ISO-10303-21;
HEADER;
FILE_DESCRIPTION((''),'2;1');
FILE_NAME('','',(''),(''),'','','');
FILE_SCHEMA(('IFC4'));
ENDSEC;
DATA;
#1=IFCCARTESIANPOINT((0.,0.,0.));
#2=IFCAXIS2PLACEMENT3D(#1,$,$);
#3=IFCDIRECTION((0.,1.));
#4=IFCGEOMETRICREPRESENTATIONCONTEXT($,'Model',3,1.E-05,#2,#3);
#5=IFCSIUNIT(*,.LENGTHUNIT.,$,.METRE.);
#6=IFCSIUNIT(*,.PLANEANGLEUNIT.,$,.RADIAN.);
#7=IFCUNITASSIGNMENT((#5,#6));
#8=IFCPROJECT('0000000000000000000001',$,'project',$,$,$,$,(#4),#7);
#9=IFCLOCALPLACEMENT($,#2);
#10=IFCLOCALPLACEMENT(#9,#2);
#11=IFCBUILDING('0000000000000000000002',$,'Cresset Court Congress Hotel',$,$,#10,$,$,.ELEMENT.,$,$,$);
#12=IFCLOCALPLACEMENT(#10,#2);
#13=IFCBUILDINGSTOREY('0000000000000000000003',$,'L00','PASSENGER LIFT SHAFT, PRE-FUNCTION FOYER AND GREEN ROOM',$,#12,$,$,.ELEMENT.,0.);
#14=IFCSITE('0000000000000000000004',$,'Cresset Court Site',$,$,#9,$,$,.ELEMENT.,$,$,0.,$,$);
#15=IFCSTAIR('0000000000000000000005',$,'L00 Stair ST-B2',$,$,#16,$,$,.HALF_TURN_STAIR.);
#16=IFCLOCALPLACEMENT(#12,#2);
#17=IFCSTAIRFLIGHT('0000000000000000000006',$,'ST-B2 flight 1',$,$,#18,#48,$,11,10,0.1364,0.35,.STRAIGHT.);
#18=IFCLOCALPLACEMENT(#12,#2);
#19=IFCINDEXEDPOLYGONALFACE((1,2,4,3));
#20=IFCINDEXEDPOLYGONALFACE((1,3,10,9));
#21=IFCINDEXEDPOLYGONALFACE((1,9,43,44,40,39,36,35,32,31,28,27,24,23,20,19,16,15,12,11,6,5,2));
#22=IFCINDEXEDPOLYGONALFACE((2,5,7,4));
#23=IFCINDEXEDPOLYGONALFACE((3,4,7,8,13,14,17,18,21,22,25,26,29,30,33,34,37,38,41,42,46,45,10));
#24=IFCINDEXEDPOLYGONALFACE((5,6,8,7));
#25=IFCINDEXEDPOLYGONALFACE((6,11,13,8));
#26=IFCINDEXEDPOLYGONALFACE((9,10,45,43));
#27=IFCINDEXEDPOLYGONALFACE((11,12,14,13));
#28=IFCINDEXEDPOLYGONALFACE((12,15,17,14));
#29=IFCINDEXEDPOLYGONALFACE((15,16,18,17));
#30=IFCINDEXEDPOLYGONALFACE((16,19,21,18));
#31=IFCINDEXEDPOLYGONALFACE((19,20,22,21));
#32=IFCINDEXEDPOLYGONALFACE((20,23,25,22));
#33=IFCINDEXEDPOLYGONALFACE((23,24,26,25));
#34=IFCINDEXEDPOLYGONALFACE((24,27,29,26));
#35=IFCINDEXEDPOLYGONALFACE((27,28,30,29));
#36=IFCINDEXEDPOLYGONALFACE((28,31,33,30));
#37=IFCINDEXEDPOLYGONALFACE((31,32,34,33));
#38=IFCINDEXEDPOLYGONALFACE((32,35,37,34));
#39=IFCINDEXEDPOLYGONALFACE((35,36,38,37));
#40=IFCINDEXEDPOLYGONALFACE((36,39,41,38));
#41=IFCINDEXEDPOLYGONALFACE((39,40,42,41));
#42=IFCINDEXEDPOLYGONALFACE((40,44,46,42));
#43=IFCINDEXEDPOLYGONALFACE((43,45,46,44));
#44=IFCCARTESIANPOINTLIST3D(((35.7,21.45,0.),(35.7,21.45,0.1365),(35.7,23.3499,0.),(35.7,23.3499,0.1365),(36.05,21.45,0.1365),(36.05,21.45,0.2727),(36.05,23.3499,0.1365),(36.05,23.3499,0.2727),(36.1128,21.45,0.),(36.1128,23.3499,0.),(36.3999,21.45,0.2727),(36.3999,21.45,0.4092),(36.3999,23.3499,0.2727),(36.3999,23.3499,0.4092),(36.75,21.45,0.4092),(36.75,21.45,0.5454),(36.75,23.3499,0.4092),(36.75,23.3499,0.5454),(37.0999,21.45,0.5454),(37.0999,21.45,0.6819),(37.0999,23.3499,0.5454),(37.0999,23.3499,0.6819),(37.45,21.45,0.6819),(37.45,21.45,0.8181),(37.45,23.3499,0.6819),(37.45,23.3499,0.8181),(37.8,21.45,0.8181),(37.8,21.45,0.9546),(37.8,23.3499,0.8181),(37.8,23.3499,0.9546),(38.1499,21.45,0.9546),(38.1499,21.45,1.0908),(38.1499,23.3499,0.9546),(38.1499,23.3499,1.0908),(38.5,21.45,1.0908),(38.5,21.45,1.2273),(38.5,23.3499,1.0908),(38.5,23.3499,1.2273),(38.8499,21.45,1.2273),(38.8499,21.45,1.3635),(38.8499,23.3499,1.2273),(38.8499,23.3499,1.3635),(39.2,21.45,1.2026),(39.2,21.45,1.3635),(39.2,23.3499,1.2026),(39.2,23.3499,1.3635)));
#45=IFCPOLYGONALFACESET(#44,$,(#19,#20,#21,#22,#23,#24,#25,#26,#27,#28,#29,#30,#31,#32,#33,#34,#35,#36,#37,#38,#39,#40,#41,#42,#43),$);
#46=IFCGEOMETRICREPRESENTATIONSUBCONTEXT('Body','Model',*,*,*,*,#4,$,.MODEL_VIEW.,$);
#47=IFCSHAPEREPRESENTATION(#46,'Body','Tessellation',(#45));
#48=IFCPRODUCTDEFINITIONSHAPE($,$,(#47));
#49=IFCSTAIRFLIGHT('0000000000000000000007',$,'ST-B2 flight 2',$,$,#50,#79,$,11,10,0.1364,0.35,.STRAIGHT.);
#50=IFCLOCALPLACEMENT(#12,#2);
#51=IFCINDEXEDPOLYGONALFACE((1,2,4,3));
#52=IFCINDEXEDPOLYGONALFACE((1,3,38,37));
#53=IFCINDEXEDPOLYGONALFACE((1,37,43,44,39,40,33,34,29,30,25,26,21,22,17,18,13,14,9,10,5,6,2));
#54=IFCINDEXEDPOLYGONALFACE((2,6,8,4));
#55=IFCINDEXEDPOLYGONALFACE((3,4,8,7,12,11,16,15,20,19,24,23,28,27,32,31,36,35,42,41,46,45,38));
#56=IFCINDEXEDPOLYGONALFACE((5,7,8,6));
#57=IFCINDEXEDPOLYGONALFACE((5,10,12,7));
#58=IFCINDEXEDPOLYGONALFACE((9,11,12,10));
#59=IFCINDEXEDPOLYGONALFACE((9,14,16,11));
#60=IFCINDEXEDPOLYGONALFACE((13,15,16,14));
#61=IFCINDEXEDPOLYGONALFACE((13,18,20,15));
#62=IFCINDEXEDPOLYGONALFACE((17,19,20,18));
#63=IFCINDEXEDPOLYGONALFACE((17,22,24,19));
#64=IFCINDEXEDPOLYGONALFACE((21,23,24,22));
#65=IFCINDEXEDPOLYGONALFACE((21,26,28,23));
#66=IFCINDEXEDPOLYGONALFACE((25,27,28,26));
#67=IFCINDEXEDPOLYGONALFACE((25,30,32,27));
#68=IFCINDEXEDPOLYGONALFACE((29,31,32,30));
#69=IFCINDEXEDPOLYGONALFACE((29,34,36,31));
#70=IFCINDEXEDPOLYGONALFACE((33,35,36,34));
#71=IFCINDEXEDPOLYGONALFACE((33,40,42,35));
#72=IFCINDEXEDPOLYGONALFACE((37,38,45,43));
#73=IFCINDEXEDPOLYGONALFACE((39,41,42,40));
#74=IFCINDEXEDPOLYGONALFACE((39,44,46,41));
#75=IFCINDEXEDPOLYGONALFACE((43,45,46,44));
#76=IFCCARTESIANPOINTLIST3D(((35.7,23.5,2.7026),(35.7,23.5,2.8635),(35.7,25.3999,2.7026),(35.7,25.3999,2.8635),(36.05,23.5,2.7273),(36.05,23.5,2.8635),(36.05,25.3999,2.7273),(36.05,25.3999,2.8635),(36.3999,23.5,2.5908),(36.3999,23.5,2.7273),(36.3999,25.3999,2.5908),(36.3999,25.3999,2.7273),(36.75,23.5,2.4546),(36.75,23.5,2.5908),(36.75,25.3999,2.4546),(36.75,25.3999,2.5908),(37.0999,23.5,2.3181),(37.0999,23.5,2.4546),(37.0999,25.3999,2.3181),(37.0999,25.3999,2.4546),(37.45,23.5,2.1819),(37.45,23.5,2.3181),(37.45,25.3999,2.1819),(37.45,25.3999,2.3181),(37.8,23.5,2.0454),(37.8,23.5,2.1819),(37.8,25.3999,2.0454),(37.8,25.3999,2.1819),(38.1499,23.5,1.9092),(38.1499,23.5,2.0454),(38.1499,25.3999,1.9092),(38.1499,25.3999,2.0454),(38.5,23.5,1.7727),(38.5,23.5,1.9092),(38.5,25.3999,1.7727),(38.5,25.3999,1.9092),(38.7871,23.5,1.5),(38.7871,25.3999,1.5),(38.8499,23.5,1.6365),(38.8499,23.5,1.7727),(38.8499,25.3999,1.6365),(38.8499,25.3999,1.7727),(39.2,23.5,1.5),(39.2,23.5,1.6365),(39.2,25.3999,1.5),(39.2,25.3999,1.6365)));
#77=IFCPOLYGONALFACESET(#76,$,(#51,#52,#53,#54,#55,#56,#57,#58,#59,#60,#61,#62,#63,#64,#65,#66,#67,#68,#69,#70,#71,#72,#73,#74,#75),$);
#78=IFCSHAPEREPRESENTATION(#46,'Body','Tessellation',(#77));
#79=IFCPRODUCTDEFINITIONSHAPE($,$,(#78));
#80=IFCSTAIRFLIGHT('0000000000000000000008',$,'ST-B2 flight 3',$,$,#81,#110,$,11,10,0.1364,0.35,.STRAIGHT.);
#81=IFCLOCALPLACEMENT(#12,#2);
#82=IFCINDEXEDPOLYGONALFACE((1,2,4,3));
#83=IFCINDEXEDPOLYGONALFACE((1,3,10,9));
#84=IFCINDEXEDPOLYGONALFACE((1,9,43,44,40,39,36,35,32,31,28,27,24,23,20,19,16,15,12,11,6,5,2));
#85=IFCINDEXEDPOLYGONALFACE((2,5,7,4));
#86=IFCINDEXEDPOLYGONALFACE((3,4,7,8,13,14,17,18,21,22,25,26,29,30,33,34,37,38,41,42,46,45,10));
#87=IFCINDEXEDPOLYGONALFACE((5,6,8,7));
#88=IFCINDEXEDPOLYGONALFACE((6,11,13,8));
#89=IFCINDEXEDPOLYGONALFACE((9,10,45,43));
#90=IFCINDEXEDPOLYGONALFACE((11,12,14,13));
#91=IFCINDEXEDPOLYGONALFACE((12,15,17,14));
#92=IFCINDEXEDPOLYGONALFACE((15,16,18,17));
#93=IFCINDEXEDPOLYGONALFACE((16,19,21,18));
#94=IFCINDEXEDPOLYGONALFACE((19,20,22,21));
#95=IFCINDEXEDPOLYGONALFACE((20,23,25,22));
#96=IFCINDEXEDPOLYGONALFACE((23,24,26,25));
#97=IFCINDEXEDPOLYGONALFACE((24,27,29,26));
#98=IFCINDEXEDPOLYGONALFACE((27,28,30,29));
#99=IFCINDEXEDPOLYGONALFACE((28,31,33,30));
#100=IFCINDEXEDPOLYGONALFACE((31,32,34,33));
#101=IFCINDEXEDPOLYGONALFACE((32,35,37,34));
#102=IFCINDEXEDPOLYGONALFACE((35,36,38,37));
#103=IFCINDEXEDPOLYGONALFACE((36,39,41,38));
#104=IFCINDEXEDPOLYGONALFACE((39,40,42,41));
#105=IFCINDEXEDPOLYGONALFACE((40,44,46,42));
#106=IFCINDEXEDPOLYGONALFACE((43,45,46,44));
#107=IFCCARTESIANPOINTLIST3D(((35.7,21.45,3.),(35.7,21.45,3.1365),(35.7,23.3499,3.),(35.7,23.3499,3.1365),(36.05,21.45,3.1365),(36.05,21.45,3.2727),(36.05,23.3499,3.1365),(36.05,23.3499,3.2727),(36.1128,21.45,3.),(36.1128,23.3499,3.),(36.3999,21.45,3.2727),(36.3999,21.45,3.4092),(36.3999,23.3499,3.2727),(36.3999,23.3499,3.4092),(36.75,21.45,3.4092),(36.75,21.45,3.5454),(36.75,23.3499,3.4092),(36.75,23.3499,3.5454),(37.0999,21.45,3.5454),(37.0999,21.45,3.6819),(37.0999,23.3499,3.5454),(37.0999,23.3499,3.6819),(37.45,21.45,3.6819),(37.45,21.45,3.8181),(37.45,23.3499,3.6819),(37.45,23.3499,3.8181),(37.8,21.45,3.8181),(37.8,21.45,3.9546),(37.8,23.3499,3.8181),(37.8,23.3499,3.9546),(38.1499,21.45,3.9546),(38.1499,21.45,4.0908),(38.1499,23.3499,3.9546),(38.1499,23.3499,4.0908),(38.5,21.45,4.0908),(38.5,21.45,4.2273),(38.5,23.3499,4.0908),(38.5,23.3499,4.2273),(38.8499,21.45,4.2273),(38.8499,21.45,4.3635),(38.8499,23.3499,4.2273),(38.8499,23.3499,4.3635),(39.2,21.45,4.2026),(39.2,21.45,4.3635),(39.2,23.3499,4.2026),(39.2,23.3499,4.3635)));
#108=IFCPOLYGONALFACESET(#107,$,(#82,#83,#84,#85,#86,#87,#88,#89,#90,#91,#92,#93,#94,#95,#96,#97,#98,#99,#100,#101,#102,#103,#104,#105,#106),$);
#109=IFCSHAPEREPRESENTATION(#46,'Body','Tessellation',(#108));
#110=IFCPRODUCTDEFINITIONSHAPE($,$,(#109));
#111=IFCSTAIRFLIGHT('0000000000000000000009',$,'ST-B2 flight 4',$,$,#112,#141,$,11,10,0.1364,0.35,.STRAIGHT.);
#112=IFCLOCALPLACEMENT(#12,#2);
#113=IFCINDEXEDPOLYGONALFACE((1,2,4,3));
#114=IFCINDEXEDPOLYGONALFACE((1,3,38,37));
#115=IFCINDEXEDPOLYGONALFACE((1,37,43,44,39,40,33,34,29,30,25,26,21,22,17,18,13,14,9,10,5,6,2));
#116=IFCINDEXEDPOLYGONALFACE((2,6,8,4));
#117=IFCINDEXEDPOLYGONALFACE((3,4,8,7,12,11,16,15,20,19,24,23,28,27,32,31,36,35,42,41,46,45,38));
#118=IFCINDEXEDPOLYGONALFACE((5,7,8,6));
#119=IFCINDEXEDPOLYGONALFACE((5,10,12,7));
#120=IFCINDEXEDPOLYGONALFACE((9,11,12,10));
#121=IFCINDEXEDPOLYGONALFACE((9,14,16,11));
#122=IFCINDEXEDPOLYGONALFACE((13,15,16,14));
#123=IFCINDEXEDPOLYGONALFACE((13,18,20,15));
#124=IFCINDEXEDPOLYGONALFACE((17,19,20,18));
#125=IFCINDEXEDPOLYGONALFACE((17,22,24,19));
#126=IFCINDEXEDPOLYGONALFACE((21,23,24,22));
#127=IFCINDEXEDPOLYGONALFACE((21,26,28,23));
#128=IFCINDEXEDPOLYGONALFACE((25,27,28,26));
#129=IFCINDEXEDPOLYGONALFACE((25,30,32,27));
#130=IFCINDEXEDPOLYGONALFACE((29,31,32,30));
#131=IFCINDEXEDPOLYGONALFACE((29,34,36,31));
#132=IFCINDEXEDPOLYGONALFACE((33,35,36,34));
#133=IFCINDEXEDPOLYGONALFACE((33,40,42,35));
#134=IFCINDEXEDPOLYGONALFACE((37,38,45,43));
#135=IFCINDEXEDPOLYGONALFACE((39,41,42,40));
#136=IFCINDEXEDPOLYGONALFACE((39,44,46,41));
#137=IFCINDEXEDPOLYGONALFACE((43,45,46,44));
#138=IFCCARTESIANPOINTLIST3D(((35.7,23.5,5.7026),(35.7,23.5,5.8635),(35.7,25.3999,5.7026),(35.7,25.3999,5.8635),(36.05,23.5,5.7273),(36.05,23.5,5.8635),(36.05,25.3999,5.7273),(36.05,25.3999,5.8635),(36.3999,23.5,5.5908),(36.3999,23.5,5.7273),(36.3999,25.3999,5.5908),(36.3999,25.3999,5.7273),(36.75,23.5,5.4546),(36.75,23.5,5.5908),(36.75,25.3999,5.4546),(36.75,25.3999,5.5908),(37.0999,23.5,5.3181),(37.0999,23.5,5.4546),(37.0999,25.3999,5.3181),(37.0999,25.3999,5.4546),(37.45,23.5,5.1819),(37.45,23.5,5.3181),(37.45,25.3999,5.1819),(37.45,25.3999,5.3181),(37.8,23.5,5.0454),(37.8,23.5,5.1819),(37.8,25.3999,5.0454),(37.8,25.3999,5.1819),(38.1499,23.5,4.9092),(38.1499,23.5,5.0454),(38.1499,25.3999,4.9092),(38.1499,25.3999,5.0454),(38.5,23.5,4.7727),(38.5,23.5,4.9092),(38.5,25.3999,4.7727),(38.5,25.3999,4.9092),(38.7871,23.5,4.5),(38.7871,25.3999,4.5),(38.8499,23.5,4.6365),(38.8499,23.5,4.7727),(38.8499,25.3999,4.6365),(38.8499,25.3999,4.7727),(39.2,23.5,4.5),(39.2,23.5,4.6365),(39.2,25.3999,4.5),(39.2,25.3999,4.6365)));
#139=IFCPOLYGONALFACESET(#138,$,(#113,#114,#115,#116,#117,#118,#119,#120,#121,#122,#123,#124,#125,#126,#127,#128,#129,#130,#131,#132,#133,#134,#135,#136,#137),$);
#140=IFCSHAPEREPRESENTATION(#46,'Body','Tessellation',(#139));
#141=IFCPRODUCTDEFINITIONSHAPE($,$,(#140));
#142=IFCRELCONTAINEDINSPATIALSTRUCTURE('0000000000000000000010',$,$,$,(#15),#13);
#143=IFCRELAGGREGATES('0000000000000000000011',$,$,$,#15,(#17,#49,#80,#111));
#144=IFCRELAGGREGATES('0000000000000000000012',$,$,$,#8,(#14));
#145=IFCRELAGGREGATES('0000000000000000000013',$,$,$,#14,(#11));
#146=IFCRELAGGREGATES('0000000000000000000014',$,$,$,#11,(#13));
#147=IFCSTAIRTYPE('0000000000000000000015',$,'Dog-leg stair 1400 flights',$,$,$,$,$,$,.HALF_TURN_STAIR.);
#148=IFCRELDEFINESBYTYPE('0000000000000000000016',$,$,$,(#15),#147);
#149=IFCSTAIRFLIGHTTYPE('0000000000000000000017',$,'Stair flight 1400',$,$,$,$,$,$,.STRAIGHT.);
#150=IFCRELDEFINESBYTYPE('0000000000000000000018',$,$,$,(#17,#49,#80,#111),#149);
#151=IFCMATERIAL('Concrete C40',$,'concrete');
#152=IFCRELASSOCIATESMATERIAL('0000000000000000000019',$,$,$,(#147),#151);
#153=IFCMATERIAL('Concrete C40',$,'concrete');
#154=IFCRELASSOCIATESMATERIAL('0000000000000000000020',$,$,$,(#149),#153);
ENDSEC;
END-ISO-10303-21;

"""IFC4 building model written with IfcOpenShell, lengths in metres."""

from ifc_helpers import new_model, si_unit, direction, frame, origin, place, context, subcontext, project, spatial, polyline, outline, extrude, material, type_object, element, aggregate, save


model = new_model("IFC4")

# Units and contexts
model_context = context("Model", 3, precision=1e-05, world=origin(), true_north=direction((0.0, 1.0)))
body_context = subcontext(model_context, "Body", "Model", "MODEL_VIEW")
ifc_project = project(units=[si_unit("LENGTHUNIT", "METRE"), si_unit("PLANEANGLEUNIT", "RADIAN")], contexts=[model_context])

# Site, building, storey
site_placement = place(None, origin())
site = spatial("IfcSite", under=ifc_project, at=site_placement, Name="Cresset Court Site", CompositionType="ELEMENT", RefElevation=0.0)
building_placement = place(site_placement, origin())
building = spatial("IfcBuilding", under=site, at=building_placement, Name="Cresset Court Congress Hotel", CompositionType="ELEMENT")
storey_placement = place(building_placement, origin())
storey = spatial("IfcBuildingStorey", under=building, at=storey_placement, Name="L00", Description="PASSENGER LIFT SHAFT, PRE-FUNCTION FOYER AND GREEN ROOM", CompositionType="ELEMENT", Elevation=0.0)

# Stair, stair flights
ifc_material_1 = material(Name="Concrete C40", Category="concrete")
stair_type = type_object("IfcStairType", Name="Dog-leg stair 1400 flights", PredefinedType="HALF_TURN_STAIR", material=ifc_material_1)
stair_placement = place(storey_placement, origin())
stair = element("IfcStair", 1, at=stair_placement, inside=storey, type_object=stair_type, Name="L00 Stair ST-B2", PredefinedType="HALF_TURN_STAIR")
ifc_material_2 = material(Name="Concrete C40", Category="concrete")
stair_flight_type = type_object("IfcStairFlightType", Name="Stair flight 1400", PredefinedType="STRAIGHT", material=ifc_material_2)
stair_flight_1_placement = place(storey_placement, frame((35.7, 22.3999, 0.0), z_axis=(0.0, 0.0, 1.0), x_axis=(1.0, 0.0, 0.0)))
stair_flight_1 = element("IfcStairFlight", 2, at=stair_flight_1_placement, type_object=stair_flight_type, Name="ST-B2 flight 1", NumberOfRisers=11, NumberOfTreads=10, PredefinedType="STRAIGHT", RiserHeight=0.1364, TreadLength=0.35, context=body_context, shape_type="SweptSolid", body=[
    extrude(outline(polyline([(0.0, 0.0), (0.0, 0.1365), (0.3501, 0.1365), (0.3501, 0.2727), (0.7, 0.2727), (0.7, 0.4092), (1.05, 0.4092), (1.05, 0.5454), (1.3999, 0.5454), (1.3999, 0.6819), (1.75, 0.6819), (1.75, 0.8181), (2.1001, 0.8181), (2.1001, 0.9546), (2.45, 0.9546), (2.45, 1.0908), (2.8, 1.0908), (2.8, 1.2273), (3.1499, 1.2273), (3.1499, 1.3635), (3.5, 1.3635), (3.5, 1.5), (3.5, 1.2026), (0.4128, 0.0), (0.0, 0.0)])), frame((0.0, 0.95, 0.0), z_axis=(0.0, -1.0, 0.0), x_axis=(1.0, 0.0, 0.0)), (0.0, 0.0, 1.0), 1.8999),
])
stair_flight_2_placement = place(storey_placement, frame((39.2, 24.45, 1.5), z_axis=(0.0, 0.0, 1.0), x_axis=(-1.0, 0.0, 0.0)))
stair_flight_2 = element("IfcStairFlight", 3, at=stair_flight_2_placement, type_object=stair_flight_type, Name="ST-B2 flight 2", NumberOfRisers=11, NumberOfTreads=10, PredefinedType="STRAIGHT", RiserHeight=0.1364, TreadLength=0.35, context=body_context, shape_type="SweptSolid", body=[
    extrude(outline(polyline([(0.0, 0.0), (0.0, 0.1365), (0.3501, 0.1365), (0.3501, 0.2727), (0.7, 0.2727), (0.7, 0.4092), (1.05, 0.4092), (1.05, 0.5454), (1.3999, 0.5454), (1.3999, 0.6819), (1.75, 0.6819), (1.75, 0.8181), (2.1001, 0.8181), (2.1001, 0.9546), (2.45, 0.9546), (2.45, 1.0908), (2.8, 1.0908), (2.8, 1.2273), (3.1499, 1.2273), (3.1499, 1.3635), (3.5, 1.3635), (3.5, 1.5), (3.5, 1.2026), (0.4128, 0.0), (0.0, 0.0)])), frame((0.0, 0.95, 0.0), z_axis=(0.0, -1.0, 0.0), x_axis=(1.0, 0.0, 0.0)), (0.0, 0.0, 1.0), 1.8999),
])
stair_flight_3_placement = place(storey_placement, frame((35.7, 22.3999, 3.0), z_axis=(0.0, 0.0, 1.0), x_axis=(1.0, 0.0, 0.0)))
stair_flight_3 = element("IfcStairFlight", 4, at=stair_flight_3_placement, type_object=stair_flight_type, Name="ST-B2 flight 3", NumberOfRisers=11, NumberOfTreads=10, PredefinedType="STRAIGHT", RiserHeight=0.1364, TreadLength=0.35, context=body_context, shape_type="SweptSolid", body=[
    extrude(outline(polyline([(0.0, 0.0), (0.0, 0.1365), (0.3501, 0.1365), (0.3501, 0.2727), (0.7, 0.2727), (0.7, 0.4092), (1.05, 0.4092), (1.05, 0.5454), (1.3999, 0.5454), (1.3999, 0.6819), (1.75, 0.6819), (1.75, 0.8181), (2.1001, 0.8181), (2.1001, 0.9546), (2.45, 0.9546), (2.45, 1.0908), (2.8, 1.0908), (2.8, 1.2273), (3.1499, 1.2273), (3.1499, 1.3635), (3.5, 1.3635), (3.5, 1.5), (3.5, 1.2026), (0.4128, 0.0), (0.0, 0.0)])), frame((0.0, 0.95, 0.0), z_axis=(0.0, -1.0, 0.0), x_axis=(1.0, 0.0, 0.0)), (0.0, 0.0, 1.0), 1.8999),
])
stair_flight_4_placement = place(storey_placement, frame((39.2, 24.45, 4.5), z_axis=(0.0, 0.0, 1.0), x_axis=(-1.0, 0.0, 0.0)))
stair_flight_4 = element("IfcStairFlight", 5, at=stair_flight_4_placement, type_object=stair_flight_type, Name="ST-B2 flight 4", NumberOfRisers=11, NumberOfTreads=10, PredefinedType="STRAIGHT", RiserHeight=0.1364, TreadLength=0.35, context=body_context, shape_type="SweptSolid", body=[
    extrude(outline(polyline([(0.0, 0.0), (0.0, 0.1365), (0.3501, 0.1365), (0.3501, 0.2727), (0.7, 0.2727), (0.7, 0.4092), (1.05, 0.4092), (1.05, 0.5454), (1.3999, 0.5454), (1.3999, 0.6819), (1.75, 0.6819), (1.75, 0.8181), (2.1001, 0.8181), (2.1001, 0.9546), (2.45, 0.9546), (2.45, 1.0908), (2.8, 1.0908), (2.8, 1.2273), (3.1499, 1.2273), (3.1499, 1.3635), (3.5, 1.3635), (3.5, 1.5), (3.5, 1.2026), (0.4128, 0.0), (0.0, 0.0)])), frame((0.0, 0.95, 0.0), z_axis=(0.0, -1.0, 0.0), x_axis=(1.0, 0.0, 0.0)), (0.0, 0.0, 1.0), 1.8999),
])
aggregate(stair, [stair_flight_1, stair_flight_2, stair_flight_3, stair_flight_4])

save(model, "model.ifc")
